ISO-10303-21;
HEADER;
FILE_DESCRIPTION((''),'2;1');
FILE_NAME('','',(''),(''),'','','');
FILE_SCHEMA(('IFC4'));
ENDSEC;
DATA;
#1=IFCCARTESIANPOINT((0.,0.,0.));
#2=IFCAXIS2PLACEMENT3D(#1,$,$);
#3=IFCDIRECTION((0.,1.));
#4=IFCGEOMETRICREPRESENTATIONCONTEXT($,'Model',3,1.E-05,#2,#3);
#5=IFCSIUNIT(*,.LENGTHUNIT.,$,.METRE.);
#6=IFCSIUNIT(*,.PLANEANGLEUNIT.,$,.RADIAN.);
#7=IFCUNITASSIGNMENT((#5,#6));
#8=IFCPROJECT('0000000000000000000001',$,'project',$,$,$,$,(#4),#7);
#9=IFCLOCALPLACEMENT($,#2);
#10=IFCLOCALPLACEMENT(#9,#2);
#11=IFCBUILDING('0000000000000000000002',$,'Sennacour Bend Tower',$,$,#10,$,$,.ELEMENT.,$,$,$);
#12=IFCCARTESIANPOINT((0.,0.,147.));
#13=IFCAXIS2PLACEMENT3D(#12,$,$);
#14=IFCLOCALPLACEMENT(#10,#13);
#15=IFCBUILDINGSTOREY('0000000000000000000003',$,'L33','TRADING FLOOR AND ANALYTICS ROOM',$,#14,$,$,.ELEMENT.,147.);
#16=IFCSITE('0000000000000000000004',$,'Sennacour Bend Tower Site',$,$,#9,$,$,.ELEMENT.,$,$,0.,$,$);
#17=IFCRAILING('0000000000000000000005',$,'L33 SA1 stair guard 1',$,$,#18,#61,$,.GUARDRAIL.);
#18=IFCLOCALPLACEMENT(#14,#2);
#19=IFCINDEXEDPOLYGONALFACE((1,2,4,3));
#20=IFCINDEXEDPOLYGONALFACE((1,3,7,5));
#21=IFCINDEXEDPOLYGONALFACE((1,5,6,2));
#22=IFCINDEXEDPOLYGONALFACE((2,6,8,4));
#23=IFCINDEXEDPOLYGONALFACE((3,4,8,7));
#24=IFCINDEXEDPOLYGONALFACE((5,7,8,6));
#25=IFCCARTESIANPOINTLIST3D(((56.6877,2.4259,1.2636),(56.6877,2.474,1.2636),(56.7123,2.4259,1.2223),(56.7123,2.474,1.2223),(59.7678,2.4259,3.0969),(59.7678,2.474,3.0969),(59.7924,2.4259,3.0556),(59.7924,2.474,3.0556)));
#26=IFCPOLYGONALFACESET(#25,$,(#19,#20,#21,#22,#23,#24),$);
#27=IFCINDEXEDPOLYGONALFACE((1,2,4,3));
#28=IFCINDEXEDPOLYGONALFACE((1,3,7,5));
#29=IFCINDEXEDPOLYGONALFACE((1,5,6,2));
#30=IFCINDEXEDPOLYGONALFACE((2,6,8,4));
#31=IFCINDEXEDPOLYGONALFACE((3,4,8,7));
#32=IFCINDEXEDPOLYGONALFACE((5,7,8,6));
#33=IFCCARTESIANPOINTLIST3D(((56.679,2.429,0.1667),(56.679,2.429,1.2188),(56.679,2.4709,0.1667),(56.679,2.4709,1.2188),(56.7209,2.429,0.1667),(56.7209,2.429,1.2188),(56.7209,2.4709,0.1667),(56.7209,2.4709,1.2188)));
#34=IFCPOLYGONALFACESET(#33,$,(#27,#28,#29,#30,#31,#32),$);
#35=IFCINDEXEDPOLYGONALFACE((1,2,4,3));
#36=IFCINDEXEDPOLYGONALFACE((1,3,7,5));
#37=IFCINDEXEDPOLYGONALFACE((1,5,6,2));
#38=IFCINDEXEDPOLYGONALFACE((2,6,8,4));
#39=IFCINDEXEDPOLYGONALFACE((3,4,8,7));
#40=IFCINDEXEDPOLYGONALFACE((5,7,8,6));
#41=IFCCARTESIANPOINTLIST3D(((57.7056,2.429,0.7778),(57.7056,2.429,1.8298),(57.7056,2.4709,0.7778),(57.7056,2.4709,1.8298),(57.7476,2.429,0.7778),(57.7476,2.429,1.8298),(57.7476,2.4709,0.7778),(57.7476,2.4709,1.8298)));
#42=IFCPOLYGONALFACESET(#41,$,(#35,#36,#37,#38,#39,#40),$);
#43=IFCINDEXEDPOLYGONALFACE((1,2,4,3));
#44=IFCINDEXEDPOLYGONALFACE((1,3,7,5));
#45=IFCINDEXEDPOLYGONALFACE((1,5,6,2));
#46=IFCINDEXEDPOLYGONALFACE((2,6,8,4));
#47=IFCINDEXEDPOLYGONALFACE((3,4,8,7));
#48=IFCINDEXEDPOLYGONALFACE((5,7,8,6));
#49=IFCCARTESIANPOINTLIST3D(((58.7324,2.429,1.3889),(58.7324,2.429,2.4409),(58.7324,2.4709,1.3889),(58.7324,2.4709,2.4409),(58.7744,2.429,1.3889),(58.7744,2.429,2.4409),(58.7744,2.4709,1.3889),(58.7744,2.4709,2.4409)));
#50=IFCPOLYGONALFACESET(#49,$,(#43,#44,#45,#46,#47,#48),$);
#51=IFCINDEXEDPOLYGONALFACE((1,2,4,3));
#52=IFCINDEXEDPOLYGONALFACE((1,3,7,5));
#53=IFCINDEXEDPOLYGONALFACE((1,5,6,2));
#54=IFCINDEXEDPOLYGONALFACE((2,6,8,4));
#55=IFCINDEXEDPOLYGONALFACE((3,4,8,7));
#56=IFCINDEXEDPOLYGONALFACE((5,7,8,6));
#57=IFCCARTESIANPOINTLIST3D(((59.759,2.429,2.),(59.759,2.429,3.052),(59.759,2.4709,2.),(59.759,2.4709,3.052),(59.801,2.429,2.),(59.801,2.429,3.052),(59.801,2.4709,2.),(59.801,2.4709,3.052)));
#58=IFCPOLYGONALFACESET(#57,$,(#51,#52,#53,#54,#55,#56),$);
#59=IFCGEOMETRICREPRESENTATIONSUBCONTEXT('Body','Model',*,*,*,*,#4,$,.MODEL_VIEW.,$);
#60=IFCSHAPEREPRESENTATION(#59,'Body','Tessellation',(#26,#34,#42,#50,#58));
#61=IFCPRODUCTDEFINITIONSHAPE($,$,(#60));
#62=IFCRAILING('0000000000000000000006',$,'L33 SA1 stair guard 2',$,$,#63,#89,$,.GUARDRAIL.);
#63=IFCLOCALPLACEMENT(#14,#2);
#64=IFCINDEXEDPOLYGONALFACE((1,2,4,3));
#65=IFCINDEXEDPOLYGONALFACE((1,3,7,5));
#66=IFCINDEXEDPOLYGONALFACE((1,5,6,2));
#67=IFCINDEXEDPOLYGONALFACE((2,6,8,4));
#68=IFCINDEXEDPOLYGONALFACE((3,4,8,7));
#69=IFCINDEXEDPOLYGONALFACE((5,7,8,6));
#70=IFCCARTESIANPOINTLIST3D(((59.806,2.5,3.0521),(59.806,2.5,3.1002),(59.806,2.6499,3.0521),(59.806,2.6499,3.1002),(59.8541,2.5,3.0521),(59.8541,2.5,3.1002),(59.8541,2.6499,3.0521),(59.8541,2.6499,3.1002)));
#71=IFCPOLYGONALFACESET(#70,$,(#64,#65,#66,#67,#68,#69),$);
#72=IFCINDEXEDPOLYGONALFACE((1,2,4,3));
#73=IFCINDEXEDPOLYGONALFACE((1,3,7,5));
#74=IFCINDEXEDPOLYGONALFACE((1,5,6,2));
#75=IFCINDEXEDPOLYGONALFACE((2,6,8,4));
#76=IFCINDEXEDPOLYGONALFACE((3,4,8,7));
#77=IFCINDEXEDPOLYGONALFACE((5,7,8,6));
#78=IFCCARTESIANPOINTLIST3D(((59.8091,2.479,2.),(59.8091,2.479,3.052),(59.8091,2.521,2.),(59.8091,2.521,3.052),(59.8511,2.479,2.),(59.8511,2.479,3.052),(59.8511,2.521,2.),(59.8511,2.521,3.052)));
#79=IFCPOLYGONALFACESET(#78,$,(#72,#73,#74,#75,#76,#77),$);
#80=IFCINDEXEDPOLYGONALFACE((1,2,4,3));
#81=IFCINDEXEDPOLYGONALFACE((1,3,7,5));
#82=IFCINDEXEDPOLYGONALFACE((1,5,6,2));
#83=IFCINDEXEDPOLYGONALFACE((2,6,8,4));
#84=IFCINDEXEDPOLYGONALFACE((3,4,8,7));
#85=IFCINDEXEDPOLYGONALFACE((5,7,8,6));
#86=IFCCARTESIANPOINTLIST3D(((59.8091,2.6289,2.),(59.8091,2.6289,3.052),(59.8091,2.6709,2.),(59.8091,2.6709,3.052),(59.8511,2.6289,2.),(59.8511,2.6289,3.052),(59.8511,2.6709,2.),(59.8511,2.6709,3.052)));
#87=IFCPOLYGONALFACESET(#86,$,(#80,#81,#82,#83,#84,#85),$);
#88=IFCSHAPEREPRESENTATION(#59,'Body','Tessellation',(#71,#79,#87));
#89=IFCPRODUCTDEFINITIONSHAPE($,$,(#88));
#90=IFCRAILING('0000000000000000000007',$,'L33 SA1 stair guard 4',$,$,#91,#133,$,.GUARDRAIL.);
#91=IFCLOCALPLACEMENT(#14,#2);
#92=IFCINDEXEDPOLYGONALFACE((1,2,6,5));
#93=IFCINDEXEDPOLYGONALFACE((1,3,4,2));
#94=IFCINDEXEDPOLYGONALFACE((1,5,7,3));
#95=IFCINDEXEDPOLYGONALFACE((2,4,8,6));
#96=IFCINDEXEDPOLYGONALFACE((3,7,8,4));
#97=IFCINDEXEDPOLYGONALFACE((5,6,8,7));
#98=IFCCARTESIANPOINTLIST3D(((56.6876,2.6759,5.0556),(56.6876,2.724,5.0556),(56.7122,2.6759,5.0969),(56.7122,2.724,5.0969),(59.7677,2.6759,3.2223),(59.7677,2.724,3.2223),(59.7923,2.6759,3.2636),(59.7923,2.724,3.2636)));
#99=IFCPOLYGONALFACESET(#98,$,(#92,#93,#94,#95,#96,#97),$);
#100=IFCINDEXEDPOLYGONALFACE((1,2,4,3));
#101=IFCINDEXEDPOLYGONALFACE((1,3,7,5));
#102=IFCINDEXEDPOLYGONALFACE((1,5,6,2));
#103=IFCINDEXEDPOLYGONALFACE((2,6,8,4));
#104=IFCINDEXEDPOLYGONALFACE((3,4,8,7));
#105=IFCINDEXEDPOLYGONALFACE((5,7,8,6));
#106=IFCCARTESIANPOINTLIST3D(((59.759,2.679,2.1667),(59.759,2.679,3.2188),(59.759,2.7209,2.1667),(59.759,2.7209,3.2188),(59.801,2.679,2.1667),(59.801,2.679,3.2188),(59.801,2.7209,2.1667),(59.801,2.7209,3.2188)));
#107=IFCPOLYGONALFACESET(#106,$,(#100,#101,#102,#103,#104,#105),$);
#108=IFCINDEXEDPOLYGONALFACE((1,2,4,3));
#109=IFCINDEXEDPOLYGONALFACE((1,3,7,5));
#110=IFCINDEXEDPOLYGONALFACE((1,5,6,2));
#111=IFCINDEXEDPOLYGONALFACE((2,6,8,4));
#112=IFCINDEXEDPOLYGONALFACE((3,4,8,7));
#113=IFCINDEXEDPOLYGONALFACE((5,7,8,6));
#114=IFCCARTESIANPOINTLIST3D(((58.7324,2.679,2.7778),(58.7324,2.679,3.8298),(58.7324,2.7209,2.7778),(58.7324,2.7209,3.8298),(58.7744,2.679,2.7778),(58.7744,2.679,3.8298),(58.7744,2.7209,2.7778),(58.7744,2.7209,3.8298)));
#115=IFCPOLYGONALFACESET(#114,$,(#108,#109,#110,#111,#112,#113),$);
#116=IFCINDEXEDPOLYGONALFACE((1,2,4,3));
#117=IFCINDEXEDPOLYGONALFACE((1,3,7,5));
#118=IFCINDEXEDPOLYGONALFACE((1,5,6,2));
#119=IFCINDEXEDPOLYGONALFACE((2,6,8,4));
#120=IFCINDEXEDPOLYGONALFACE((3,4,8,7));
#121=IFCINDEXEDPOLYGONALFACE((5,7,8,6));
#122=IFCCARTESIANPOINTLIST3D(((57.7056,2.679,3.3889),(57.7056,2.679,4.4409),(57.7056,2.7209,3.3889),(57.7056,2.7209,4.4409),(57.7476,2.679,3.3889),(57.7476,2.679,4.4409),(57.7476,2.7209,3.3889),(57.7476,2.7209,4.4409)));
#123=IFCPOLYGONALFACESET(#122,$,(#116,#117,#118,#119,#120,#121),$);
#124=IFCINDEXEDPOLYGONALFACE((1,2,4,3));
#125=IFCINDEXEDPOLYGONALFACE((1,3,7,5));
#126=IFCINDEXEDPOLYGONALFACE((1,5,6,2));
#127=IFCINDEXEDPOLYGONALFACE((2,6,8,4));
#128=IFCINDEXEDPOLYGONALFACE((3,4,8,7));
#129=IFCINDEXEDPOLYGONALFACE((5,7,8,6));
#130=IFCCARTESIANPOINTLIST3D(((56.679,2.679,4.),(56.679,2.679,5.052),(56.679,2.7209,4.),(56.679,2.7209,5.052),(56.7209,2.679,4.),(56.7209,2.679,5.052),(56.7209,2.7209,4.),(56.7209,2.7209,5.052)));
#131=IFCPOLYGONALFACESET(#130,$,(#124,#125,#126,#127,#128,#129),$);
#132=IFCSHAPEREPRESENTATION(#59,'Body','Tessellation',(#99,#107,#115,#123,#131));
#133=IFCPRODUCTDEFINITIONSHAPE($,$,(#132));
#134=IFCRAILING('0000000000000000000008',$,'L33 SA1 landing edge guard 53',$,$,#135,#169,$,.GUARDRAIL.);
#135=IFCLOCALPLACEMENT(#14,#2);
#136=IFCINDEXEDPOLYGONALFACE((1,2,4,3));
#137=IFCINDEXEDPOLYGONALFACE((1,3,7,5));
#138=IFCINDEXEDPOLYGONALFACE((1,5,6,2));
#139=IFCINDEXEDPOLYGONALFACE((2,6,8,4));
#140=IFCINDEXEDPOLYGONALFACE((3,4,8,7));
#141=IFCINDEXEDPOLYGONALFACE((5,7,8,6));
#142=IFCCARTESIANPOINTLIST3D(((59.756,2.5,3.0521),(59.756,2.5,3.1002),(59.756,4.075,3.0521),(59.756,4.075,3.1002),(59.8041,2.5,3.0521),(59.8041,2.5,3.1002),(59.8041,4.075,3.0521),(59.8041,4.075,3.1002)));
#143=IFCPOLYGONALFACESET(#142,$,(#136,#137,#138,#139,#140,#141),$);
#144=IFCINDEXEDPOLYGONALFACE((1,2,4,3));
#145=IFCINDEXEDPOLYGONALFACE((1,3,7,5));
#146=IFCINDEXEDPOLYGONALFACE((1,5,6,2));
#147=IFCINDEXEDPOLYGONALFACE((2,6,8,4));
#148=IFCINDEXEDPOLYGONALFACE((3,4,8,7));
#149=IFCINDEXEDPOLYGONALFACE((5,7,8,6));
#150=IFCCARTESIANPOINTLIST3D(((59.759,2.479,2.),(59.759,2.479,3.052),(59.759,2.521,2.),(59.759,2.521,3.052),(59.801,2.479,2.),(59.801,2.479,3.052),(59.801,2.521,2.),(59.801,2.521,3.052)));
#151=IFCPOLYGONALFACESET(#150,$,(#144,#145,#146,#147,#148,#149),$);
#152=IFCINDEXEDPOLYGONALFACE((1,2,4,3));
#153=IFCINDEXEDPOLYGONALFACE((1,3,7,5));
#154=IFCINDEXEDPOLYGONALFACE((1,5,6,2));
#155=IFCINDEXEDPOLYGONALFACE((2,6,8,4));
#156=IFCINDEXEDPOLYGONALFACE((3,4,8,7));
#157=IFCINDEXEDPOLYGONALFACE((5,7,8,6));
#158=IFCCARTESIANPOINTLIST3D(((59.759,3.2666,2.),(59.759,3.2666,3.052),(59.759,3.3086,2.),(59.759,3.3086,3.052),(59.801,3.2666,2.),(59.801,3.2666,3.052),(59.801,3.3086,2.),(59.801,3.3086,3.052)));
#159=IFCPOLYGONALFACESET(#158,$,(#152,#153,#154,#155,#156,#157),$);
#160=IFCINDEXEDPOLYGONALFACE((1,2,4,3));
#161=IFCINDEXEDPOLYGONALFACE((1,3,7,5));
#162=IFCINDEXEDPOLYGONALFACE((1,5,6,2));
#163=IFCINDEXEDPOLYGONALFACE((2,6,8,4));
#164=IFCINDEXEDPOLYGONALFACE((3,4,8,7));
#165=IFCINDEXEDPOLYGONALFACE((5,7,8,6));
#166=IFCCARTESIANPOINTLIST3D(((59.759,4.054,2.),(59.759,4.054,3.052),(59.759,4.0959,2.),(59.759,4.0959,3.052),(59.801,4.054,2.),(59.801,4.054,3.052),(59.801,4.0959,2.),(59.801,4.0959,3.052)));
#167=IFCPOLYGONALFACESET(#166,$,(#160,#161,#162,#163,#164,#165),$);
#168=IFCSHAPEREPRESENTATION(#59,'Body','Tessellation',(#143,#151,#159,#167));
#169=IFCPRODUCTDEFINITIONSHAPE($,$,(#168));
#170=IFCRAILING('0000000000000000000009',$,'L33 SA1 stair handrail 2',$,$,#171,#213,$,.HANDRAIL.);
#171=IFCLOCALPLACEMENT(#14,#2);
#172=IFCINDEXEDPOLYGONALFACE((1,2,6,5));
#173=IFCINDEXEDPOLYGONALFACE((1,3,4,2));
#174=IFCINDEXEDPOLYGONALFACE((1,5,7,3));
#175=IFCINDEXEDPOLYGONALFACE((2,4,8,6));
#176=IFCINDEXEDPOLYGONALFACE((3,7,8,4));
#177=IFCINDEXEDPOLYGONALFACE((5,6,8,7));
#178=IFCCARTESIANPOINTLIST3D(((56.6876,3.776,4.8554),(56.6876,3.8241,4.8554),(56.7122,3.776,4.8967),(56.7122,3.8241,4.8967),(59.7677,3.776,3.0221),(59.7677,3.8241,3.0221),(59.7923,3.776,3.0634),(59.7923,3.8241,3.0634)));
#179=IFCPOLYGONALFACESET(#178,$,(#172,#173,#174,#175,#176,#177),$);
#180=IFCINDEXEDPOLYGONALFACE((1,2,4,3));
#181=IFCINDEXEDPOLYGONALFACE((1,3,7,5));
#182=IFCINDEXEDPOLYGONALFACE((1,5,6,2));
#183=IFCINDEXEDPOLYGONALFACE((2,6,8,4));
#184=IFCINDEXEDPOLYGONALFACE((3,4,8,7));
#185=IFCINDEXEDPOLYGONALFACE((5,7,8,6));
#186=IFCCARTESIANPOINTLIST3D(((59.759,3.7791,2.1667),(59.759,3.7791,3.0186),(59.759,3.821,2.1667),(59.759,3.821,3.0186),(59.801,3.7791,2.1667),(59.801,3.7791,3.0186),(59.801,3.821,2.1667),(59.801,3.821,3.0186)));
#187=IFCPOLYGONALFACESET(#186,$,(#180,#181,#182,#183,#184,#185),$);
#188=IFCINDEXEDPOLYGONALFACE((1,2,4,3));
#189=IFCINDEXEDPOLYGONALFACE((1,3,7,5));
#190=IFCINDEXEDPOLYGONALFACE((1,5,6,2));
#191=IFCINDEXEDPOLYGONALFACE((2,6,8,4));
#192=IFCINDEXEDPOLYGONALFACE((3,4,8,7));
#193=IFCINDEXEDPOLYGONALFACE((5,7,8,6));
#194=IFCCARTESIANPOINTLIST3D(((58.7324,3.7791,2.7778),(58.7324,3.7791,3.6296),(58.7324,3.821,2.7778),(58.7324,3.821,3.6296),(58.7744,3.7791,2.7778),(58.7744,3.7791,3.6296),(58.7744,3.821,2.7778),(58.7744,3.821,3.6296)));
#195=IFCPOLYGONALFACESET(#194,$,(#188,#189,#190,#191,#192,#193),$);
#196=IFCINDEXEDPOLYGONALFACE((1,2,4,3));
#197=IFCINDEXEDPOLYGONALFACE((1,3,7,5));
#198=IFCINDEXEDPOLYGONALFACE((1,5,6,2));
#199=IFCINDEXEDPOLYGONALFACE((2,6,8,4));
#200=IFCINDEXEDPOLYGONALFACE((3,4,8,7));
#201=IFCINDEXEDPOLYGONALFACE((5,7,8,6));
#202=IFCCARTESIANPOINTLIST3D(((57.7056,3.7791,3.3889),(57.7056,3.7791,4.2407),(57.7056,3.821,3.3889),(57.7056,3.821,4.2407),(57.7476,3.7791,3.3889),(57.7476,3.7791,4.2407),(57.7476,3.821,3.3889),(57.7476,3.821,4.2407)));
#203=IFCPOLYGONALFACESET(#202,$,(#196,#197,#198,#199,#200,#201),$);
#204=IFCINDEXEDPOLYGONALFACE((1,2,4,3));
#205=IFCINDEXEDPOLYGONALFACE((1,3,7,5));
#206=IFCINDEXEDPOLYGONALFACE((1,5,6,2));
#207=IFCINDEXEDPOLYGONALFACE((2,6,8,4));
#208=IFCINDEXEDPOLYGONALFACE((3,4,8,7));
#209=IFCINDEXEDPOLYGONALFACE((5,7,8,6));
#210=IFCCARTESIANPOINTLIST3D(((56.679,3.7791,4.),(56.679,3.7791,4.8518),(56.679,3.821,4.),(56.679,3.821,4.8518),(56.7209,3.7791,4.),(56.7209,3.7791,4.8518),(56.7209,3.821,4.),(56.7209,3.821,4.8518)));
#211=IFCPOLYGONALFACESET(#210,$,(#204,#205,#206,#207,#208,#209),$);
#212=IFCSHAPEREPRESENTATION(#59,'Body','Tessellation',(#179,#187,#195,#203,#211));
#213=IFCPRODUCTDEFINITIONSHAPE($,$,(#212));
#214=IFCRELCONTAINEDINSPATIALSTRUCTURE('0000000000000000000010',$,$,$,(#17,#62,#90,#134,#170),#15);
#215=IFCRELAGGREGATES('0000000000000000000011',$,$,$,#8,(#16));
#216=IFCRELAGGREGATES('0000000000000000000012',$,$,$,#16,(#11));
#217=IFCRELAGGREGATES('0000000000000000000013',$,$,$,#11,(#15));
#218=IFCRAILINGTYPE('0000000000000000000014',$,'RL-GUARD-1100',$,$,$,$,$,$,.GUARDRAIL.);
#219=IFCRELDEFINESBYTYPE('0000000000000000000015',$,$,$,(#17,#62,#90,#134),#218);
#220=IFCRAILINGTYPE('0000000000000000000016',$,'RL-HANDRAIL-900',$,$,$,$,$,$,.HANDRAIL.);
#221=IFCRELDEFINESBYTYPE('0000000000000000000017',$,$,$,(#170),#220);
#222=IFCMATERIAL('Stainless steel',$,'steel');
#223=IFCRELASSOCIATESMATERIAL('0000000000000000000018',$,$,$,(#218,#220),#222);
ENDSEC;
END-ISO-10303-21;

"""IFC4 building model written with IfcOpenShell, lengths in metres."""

from ifc_helpers import new_model, si_unit, direction, frame, origin, origin_2d, place, context, subcontext, project, spatial, rectangle, extrude, material, type_object, element, save


model = new_model("IFC4")

# Units and contexts
model_context = context("Model", 3, precision=1e-05, world=origin(), true_north=direction((0.0, 1.0)))
body_context = subcontext(model_context, "Body", "Model", "MODEL_VIEW")
ifc_project = project(units=[si_unit("LENGTHUNIT", "METRE"), si_unit("PLANEANGLEUNIT", "RADIAN")], contexts=[model_context])

# Site, building, storey
site_placement = place(None, origin())
site = spatial("IfcSite", under=ifc_project, at=site_placement, Name="Sennacour Bend Tower Site", CompositionType="ELEMENT", RefElevation=0.0)
building_placement = place(site_placement, origin())
building = spatial("IfcBuilding", under=site, at=building_placement, Name="Sennacour Bend Tower", CompositionType="ELEMENT")
storey_placement = place(building_placement, frame((0.0, 0.0, 147.0)))
storey = spatial("IfcBuildingStorey", under=building, at=storey_placement, Name="L33", Description="TRADING FLOOR AND ANALYTICS ROOM", CompositionType="ELEMENT", Elevation=147.0)

# Shared definitions
ifc_material_1 = material(Name="Stainless steel", Category="steel")

# Railings
railing_type_1 = type_object("IfcRailingType", Name="RL-GUARD-1100", PredefinedType="GUARDRAIL", material=ifc_material_1)
railing_1_placement = place(storey_placement, frame((56.7, 2.45, 0.1667)))
element("IfcRailing", 1, at=railing_1_placement, inside=storey, type_object=railing_type_1, Name="L33 SA1 stair guard 1", PredefinedType="GUARDRAIL", context=body_context, shape_type="SweptSolid", body=[
    extrude(rectangle(XDim=0.0481, YDim=0.0481, at=origin_2d()), frame((0.0, 0.0, 1.0762), z_axis=(0.859309, 0.0, 0.511458), x_axis=(0.0, 1.0, 0.0)), (0.0, 0.0, 1.0), 3.5845),
    extrude(rectangle(XDim=0.042, YDim=0.042, at=origin_2d()), origin(), (0.0, 0.0, 1.0), 1.052),
    extrude(rectangle(XDim=0.042, YDim=0.042, at=origin_2d()), frame((1.0266, 0.0, 0.6111)), (0.0, 0.0, 1.0), 1.052),
    extrude(rectangle(XDim=0.042, YDim=0.042, at=origin_2d()), frame((2.0535, 0.0, 1.2222)), (0.0, 0.0, 1.0), 1.052),
    extrude(rectangle(XDim=0.042, YDim=0.042, at=origin_2d()), frame((3.0801, 0.0, 1.8333)), (0.0, 0.0, 1.0), 1.052),
])
railing_2_placement = place(storey_placement, frame((59.8301, 2.5, 2.0)))
element("IfcRailing", 2, at=railing_2_placement, inside=storey, type_object=railing_type_1, Name="L33 SA1 stair guard 2", PredefinedType="GUARDRAIL", context=body_context, shape_type="SweptSolid", body=[
    extrude(rectangle(XDim=0.0481, YDim=0.0481, at=origin_2d()), frame((0.0, 0.0, 1.0762), z_axis=(0.0, 1.0, 0.0), x_axis=(-1.0, 0.0, 0.0)), (0.0, 0.0, 1.0), 0.1499),
    extrude(rectangle(XDim=0.042, YDim=0.042, at=origin_2d()), origin(), (0.0, 0.0, 1.0), 1.052),
    extrude(rectangle(XDim=0.042, YDim=0.042, at=origin_2d()), frame((0.0, 0.1499, 0.0)), (0.0, 0.0, 1.0), 1.052),
])
railing_3_placement = place(storey_placement, frame((59.78, 2.7, 2.1667)))
element("IfcRailing", 3, at=railing_3_placement, inside=storey, type_object=railing_type_1, Name="L33 SA1 stair guard 4", PredefinedType="GUARDRAIL", context=body_context, shape_type="SweptSolid", body=[
    extrude(rectangle(XDim=0.0481, YDim=0.0481, at=origin_2d()), frame((0.0, 0.0, 1.0762), z_axis=(-0.859309, 0.0, 0.511458), x_axis=(0.0, -1.0, 0.0)), (0.0, 0.0, 1.0), 3.5845),
    extrude(rectangle(XDim=0.042, YDim=0.042, at=origin_2d()), origin(), (0.0, 0.0, 1.0), 1.052),
    extrude(rectangle(XDim=0.042, YDim=0.042, at=origin_2d()), frame((-1.0266, 0.0, 0.6111)), (0.0, 0.0, 1.0), 1.052),
    extrude(rectangle(XDim=0.042, YDim=0.042, at=origin_2d()), frame((-2.0535, 0.0, 1.2222)), (0.0, 0.0, 1.0), 1.052),
    extrude(rectangle(XDim=0.042, YDim=0.042, at=origin_2d()), frame((-3.0801, 0.0, 1.8333)), (0.0, 0.0, 1.0), 1.052),
])
railing_4_placement = place(storey_placement, frame((59.78, 2.5, 2.0)))
element("IfcRailing", 4, at=railing_4_placement, inside=storey, type_object=railing_type_1, Name="L33 SA1 landing edge guard 53", PredefinedType="GUARDRAIL", context=body_context, shape_type="SweptSolid", body=[
    extrude(rectangle(XDim=0.0481, YDim=0.0481, at=origin_2d()), frame((0.0, 0.0, 1.0762), z_axis=(0.0, 1.0, 0.0), x_axis=(-1.0, 0.0, 0.0)), (0.0, 0.0, 1.0), 1.575),
    extrude(rectangle(XDim=0.042, YDim=0.042, at=origin_2d()), origin(), (0.0, 0.0, 1.0), 1.052),
    extrude(rectangle(XDim=0.042, YDim=0.042, at=origin_2d()), frame((0.0, 0.7876, 0.0)), (0.0, 0.0, 1.0), 1.052),
    extrude(rectangle(XDim=0.042, YDim=0.042, at=origin_2d()), frame((0.0, 1.575, 0.0)), (0.0, 0.0, 1.0), 1.052),
])
railing_type_2 = type_object("IfcRailingType", Name="RL-HANDRAIL-900", PredefinedType="HANDRAIL", material=ifc_material_1)
railing_5_placement = place(storey_placement, frame((59.78, 3.8, 2.1667)))
element("IfcRailing", 5, at=railing_5_placement, inside=storey, type_object=railing_type_2, Name="L33 SA1 stair handrail 2", PredefinedType="HANDRAIL", context=body_context, shape_type="SweptSolid", body=[
    extrude(rectangle(XDim=0.0481, YDim=0.0481, at=origin_2d()), frame((0.0, 0.0, 0.876), z_axis=(-0.859309, 0.0, 0.511458), x_axis=(0.0, -1.0, 0.0)), (0.0, 0.0, 1.0), 3.5845),
    extrude(rectangle(XDim=0.042, YDim=0.042, at=origin_2d()), origin(), (0.0, 0.0, 1.0), 0.8518),
    extrude(rectangle(XDim=0.042, YDim=0.042, at=origin_2d()), frame((-1.0266, 0.0, 0.6111)), (0.0, 0.0, 1.0), 0.8518),
    extrude(rectangle(XDim=0.042, YDim=0.042, at=origin_2d()), frame((-2.0535, 0.0, 1.2222)), (0.0, 0.0, 1.0), 0.8518),
    extrude(rectangle(XDim=0.042, YDim=0.042, at=origin_2d()), frame((-3.0801, 0.0, 1.8333)), (0.0, 0.0, 1.0), 0.8518),
])

save(model, "model.ifc")
